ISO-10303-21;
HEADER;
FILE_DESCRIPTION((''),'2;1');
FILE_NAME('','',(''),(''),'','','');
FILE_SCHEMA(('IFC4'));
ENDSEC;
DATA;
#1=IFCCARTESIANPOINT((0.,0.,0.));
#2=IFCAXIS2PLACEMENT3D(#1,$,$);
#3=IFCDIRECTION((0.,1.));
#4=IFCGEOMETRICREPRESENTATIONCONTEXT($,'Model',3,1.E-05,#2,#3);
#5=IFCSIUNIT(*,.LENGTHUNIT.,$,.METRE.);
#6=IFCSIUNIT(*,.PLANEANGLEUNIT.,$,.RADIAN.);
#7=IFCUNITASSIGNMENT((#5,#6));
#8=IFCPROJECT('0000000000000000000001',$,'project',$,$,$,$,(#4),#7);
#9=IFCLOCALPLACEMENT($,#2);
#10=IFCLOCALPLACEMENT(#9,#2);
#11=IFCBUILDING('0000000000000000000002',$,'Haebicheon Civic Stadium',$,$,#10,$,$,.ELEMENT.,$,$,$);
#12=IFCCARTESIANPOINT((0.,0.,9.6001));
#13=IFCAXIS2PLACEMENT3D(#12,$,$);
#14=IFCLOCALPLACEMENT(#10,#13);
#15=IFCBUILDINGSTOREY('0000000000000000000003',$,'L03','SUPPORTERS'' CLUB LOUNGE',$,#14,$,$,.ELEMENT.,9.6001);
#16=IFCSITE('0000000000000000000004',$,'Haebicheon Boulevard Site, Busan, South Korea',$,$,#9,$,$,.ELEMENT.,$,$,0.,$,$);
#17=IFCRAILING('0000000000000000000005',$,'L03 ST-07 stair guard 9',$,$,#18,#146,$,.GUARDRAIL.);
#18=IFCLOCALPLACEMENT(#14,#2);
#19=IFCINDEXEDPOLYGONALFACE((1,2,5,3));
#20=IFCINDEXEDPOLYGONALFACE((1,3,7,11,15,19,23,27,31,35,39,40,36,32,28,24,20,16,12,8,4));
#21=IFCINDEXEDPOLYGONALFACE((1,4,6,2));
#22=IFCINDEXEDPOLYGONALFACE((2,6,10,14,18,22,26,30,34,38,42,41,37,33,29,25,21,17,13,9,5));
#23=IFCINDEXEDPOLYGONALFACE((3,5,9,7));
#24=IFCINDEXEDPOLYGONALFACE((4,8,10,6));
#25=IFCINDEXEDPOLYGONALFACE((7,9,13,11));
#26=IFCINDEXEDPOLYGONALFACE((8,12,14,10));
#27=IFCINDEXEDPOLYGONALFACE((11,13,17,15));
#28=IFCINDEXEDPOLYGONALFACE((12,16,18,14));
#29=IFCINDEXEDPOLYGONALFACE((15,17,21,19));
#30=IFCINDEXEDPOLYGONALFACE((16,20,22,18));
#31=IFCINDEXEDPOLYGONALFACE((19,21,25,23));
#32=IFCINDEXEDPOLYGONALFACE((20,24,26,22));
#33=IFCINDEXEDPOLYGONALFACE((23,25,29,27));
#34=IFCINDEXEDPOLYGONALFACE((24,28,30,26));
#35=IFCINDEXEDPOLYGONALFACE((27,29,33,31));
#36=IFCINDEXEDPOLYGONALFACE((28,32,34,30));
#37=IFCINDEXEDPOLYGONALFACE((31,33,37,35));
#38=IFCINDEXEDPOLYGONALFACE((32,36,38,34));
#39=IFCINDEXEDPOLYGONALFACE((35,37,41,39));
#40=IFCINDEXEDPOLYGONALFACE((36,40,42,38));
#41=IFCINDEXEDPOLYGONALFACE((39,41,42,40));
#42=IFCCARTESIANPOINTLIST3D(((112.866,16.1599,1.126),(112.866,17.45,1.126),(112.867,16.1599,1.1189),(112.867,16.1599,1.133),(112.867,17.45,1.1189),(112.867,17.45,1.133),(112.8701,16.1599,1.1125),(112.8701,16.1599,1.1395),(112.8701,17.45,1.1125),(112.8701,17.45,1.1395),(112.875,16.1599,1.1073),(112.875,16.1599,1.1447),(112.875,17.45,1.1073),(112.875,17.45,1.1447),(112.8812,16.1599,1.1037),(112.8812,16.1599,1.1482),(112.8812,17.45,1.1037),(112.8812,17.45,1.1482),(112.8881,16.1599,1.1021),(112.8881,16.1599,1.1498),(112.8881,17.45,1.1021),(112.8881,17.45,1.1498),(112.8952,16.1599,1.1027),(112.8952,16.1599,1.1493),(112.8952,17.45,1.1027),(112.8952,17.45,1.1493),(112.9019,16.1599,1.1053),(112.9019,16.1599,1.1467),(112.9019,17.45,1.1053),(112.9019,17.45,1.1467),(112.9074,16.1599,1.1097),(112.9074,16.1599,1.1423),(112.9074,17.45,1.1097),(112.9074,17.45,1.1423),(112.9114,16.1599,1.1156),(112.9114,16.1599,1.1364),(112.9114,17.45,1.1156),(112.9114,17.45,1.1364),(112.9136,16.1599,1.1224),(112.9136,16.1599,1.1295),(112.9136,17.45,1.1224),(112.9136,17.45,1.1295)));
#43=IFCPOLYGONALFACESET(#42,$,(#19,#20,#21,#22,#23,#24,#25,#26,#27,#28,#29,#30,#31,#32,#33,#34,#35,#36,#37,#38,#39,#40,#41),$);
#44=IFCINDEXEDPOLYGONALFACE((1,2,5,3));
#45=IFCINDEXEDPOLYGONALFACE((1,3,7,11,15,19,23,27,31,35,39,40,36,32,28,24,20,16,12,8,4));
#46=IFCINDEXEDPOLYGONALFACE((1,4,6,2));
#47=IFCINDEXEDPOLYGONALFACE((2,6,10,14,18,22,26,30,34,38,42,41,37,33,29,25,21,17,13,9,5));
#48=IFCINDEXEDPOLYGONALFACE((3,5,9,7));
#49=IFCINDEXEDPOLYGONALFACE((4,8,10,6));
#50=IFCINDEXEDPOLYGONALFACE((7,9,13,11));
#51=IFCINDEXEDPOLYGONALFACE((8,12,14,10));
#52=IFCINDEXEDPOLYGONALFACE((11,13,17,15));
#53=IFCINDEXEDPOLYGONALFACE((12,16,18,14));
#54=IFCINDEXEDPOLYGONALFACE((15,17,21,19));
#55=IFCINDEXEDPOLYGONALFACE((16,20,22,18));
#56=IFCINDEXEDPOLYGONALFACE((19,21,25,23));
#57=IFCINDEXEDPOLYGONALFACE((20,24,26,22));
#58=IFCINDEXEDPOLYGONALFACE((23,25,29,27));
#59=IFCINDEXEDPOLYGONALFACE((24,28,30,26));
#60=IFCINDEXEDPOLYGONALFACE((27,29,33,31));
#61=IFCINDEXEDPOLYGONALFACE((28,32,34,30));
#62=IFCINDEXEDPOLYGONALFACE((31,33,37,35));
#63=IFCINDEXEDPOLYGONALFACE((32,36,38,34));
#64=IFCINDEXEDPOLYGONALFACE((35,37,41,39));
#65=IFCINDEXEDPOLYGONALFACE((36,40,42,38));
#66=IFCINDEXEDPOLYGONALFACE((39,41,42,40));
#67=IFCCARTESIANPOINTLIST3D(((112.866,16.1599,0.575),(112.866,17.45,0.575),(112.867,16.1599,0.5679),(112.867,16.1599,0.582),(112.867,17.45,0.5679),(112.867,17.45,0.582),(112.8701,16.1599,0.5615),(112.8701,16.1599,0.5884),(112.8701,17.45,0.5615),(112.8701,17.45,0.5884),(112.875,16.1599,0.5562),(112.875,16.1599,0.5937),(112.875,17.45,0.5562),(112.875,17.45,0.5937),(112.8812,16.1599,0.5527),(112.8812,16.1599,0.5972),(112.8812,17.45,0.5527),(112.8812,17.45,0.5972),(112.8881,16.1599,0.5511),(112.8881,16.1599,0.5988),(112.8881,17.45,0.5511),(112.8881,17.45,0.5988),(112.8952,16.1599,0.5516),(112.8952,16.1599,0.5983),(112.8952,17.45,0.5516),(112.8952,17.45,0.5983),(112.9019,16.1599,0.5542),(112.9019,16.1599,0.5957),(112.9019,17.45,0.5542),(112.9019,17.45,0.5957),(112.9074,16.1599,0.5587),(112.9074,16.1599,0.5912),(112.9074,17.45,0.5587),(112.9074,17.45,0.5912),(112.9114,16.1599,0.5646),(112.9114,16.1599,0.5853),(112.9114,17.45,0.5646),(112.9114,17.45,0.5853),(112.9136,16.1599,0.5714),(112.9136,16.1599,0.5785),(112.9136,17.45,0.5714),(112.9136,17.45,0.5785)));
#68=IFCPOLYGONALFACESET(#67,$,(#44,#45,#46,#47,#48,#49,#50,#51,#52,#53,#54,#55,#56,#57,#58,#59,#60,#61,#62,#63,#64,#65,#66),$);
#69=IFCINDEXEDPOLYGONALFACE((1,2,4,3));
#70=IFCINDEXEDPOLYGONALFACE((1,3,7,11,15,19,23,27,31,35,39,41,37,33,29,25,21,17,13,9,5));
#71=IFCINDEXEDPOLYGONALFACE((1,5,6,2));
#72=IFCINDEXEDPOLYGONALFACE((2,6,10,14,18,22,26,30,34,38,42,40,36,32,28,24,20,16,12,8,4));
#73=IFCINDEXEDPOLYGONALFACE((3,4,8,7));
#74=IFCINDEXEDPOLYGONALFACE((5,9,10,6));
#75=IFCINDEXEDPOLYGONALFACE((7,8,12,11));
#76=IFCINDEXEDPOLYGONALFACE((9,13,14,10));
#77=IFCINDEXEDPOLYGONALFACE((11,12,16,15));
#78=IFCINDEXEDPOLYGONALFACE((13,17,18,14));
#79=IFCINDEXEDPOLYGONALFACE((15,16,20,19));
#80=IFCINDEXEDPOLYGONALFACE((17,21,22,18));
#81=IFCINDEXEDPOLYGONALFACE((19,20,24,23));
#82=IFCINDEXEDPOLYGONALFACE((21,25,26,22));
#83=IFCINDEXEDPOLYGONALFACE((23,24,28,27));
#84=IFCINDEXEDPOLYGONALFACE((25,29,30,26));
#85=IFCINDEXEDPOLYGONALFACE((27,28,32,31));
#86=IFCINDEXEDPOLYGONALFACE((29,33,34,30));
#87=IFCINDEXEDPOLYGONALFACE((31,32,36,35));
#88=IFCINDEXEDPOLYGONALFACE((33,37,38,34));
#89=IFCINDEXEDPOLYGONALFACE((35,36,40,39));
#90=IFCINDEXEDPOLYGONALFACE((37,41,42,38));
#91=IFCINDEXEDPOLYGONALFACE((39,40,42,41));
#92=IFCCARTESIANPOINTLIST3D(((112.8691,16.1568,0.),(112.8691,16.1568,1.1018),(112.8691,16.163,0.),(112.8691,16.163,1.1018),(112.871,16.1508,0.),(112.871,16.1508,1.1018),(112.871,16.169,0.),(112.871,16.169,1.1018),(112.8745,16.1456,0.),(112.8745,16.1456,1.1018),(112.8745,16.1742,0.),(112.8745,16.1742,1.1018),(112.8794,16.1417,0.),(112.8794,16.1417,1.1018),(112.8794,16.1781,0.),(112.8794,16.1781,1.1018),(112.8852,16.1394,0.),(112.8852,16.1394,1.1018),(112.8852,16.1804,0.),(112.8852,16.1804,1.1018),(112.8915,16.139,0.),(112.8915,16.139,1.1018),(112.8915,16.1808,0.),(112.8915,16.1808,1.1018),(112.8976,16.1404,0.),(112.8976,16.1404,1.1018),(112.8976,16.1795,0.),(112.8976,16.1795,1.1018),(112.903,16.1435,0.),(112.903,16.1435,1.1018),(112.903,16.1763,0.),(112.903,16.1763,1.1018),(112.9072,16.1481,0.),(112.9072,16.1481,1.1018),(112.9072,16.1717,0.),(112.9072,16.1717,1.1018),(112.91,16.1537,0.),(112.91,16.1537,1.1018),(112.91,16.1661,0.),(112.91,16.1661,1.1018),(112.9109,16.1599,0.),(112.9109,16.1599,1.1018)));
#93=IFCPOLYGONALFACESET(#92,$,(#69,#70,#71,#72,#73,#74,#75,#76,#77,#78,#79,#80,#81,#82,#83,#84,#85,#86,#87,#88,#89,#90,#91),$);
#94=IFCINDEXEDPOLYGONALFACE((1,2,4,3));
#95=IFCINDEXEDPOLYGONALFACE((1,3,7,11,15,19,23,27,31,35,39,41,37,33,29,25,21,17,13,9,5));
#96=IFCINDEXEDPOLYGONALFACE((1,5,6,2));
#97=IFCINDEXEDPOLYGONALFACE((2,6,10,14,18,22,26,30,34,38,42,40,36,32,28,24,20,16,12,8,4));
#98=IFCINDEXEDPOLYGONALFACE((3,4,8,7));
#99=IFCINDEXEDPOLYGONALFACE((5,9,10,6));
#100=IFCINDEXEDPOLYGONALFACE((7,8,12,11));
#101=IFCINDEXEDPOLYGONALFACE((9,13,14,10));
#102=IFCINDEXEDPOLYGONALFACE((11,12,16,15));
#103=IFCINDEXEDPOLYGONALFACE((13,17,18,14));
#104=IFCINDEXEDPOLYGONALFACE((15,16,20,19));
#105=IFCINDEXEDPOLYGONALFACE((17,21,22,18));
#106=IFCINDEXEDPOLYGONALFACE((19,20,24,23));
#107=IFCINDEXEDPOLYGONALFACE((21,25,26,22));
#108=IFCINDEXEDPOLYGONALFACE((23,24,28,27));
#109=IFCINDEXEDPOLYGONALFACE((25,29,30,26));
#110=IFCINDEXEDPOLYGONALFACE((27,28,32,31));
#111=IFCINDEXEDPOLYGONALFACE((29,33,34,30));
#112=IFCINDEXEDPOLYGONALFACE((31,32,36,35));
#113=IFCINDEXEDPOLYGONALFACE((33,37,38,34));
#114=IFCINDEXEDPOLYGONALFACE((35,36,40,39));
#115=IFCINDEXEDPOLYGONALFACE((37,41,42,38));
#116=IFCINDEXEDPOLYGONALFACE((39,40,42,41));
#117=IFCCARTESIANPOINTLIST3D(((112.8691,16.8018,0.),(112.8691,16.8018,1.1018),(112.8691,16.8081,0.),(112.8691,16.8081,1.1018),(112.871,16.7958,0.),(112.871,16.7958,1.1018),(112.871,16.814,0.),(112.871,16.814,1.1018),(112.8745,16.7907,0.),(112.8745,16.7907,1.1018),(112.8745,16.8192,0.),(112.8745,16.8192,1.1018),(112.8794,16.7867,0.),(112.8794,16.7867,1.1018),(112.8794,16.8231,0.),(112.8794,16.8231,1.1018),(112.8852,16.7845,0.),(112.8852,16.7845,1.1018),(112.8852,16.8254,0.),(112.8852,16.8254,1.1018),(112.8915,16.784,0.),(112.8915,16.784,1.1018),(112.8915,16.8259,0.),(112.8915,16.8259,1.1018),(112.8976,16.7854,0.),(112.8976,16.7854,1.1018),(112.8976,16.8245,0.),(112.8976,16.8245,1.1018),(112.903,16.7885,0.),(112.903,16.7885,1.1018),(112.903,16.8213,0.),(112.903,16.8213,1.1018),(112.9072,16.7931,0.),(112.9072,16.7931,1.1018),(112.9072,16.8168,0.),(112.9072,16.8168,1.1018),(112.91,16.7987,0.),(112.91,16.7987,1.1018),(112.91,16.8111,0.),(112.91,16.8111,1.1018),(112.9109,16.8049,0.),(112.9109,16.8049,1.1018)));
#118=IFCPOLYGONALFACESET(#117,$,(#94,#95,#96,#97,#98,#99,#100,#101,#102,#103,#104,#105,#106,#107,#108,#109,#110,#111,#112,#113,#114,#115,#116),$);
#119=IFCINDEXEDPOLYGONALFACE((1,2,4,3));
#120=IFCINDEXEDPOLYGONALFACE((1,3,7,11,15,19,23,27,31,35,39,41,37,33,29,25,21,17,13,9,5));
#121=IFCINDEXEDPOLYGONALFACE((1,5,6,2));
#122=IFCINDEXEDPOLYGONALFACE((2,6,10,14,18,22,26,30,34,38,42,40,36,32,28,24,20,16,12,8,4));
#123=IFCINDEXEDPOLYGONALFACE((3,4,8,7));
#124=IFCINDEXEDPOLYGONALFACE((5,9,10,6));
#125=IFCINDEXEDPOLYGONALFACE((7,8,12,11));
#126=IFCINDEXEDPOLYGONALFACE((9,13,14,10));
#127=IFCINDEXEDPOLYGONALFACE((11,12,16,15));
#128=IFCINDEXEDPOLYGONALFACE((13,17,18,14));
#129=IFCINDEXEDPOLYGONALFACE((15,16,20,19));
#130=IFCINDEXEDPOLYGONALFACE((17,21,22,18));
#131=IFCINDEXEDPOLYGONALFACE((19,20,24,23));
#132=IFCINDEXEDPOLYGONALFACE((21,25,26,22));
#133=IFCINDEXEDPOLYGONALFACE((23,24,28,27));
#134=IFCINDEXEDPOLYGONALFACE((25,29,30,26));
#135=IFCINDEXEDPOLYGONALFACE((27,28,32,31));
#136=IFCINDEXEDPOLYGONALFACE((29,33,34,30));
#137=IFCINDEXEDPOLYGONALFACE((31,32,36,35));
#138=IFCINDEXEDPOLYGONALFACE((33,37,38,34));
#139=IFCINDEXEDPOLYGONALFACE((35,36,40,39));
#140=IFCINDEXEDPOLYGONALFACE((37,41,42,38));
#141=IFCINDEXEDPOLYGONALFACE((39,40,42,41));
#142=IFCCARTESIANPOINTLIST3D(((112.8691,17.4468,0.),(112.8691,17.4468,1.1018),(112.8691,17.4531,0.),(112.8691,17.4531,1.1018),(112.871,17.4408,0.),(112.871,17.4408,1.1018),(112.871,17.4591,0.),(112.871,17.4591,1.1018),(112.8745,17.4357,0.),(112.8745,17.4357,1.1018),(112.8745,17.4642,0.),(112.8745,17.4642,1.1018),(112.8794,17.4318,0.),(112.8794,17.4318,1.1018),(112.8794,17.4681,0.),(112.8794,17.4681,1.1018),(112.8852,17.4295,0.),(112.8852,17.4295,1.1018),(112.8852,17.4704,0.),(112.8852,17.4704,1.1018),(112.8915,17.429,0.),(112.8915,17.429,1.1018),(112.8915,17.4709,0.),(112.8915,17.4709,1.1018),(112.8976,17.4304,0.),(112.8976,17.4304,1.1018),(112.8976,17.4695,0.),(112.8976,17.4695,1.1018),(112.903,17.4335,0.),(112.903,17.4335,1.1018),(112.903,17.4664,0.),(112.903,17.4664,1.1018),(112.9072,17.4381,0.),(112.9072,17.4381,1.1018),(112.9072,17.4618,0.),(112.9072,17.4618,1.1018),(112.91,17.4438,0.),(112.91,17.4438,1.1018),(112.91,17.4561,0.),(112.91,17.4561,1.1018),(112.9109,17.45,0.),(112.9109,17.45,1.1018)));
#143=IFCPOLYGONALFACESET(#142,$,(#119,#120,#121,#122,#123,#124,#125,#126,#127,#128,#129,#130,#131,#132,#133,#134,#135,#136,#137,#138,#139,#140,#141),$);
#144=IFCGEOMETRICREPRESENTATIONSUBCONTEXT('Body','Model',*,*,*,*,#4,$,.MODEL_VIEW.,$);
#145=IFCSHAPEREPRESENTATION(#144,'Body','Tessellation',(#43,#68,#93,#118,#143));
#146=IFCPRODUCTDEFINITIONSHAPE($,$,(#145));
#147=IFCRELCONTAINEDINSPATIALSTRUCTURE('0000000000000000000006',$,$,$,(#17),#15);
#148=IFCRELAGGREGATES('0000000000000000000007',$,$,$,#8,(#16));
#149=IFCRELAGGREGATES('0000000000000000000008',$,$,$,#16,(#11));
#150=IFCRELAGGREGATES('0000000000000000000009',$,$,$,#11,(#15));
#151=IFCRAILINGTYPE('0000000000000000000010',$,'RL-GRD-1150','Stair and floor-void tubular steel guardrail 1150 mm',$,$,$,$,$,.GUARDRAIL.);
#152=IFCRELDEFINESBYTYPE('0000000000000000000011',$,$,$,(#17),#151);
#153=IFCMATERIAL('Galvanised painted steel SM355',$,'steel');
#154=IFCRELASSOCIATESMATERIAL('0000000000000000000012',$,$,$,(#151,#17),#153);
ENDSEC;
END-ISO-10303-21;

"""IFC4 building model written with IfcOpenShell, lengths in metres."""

from ifc_helpers import new_model, si_unit, direction, frame, origin, origin_2d, place, context, subcontext, project, spatial, circle, extrude, material, type_object, element, save


model = new_model("IFC4")

# Units and contexts
model_context = context("Model", 3, precision=1e-05, world=origin(), true_north=direction((0.0, 1.0)))
body_context = subcontext(model_context, "Body", "Model", "MODEL_VIEW")
ifc_project = project(units=[si_unit("LENGTHUNIT", "METRE"), si_unit("PLANEANGLEUNIT", "RADIAN")], contexts=[model_context])

# Site, building, storey
site_placement = place(None, origin())
site = spatial("IfcSite", under=ifc_project, at=site_placement, Name="Haebicheon Boulevard Site, Busan, South Korea", CompositionType="ELEMENT", RefElevation=0.0)
building_placement = place(site_placement, origin())
building = spatial("IfcBuilding", under=site, at=building_placement, Name="Haebicheon Civic Stadium", CompositionType="ELEMENT")
storey_placement = place(building_placement, frame((0.0, 0.0, 9.6001)))
storey = spatial("IfcBuildingStorey", under=building, at=storey_placement, Name="L03", Description="SUPPORTERS' CLUB LOUNGE", CompositionType="ELEMENT", Elevation=9.6001)

# Railing
ifc_material_1 = material(Name="Galvanised painted steel SM355", Category="steel")
railing_type = type_object("IfcRailingType", Name="RL-GRD-1150", Description="Stair and floor-void tubular steel guardrail 1150 mm", PredefinedType="GUARDRAIL", material=ifc_material_1)
for number, where, name in (
    (1, (112.8899, 16.1599, 0.0), "L03 ST-07 stair guard 9"),
):
    element("IfcRailing", number, at=place(storey_placement, frame(where)), inside=storey, type_object=railing_type, material=ifc_material_1, Name=name, PredefinedType="GUARDRAIL", context=body_context, shape_type="SweptSolid", body=[
        extrude(circle(Radius=0.0239, at=origin_2d()), frame((0.0, 0.0, 1.126), z_axis=(0.0, 1.0, 0.0), x_axis=(-1.0, 0.0, 0.0)), (0.0, 0.0, 1.0), 1.29),
        extrude(circle(Radius=0.0239, at=origin_2d()), frame((0.0, 0.0, 0.575), z_axis=(0.0, 1.0, 0.0), x_axis=(-1.0, 0.0, 0.0)), (0.0, 0.0, 1.0), 1.29),
        extrude(circle(Radius=0.021, at=origin_2d()), origin(), (0.0, 0.0, 1.0), 1.1018),
        extrude(circle(Radius=0.021, at=origin_2d()), frame((0.0, 0.645, 0.0)), (0.0, 0.0, 1.0), 1.1018),
        extrude(circle(Radius=0.021, at=origin_2d()), frame((0.0, 1.29, 0.0)), (0.0, 0.0, 1.0), 1.1018),
    ])

save(model, "model.ifc")
